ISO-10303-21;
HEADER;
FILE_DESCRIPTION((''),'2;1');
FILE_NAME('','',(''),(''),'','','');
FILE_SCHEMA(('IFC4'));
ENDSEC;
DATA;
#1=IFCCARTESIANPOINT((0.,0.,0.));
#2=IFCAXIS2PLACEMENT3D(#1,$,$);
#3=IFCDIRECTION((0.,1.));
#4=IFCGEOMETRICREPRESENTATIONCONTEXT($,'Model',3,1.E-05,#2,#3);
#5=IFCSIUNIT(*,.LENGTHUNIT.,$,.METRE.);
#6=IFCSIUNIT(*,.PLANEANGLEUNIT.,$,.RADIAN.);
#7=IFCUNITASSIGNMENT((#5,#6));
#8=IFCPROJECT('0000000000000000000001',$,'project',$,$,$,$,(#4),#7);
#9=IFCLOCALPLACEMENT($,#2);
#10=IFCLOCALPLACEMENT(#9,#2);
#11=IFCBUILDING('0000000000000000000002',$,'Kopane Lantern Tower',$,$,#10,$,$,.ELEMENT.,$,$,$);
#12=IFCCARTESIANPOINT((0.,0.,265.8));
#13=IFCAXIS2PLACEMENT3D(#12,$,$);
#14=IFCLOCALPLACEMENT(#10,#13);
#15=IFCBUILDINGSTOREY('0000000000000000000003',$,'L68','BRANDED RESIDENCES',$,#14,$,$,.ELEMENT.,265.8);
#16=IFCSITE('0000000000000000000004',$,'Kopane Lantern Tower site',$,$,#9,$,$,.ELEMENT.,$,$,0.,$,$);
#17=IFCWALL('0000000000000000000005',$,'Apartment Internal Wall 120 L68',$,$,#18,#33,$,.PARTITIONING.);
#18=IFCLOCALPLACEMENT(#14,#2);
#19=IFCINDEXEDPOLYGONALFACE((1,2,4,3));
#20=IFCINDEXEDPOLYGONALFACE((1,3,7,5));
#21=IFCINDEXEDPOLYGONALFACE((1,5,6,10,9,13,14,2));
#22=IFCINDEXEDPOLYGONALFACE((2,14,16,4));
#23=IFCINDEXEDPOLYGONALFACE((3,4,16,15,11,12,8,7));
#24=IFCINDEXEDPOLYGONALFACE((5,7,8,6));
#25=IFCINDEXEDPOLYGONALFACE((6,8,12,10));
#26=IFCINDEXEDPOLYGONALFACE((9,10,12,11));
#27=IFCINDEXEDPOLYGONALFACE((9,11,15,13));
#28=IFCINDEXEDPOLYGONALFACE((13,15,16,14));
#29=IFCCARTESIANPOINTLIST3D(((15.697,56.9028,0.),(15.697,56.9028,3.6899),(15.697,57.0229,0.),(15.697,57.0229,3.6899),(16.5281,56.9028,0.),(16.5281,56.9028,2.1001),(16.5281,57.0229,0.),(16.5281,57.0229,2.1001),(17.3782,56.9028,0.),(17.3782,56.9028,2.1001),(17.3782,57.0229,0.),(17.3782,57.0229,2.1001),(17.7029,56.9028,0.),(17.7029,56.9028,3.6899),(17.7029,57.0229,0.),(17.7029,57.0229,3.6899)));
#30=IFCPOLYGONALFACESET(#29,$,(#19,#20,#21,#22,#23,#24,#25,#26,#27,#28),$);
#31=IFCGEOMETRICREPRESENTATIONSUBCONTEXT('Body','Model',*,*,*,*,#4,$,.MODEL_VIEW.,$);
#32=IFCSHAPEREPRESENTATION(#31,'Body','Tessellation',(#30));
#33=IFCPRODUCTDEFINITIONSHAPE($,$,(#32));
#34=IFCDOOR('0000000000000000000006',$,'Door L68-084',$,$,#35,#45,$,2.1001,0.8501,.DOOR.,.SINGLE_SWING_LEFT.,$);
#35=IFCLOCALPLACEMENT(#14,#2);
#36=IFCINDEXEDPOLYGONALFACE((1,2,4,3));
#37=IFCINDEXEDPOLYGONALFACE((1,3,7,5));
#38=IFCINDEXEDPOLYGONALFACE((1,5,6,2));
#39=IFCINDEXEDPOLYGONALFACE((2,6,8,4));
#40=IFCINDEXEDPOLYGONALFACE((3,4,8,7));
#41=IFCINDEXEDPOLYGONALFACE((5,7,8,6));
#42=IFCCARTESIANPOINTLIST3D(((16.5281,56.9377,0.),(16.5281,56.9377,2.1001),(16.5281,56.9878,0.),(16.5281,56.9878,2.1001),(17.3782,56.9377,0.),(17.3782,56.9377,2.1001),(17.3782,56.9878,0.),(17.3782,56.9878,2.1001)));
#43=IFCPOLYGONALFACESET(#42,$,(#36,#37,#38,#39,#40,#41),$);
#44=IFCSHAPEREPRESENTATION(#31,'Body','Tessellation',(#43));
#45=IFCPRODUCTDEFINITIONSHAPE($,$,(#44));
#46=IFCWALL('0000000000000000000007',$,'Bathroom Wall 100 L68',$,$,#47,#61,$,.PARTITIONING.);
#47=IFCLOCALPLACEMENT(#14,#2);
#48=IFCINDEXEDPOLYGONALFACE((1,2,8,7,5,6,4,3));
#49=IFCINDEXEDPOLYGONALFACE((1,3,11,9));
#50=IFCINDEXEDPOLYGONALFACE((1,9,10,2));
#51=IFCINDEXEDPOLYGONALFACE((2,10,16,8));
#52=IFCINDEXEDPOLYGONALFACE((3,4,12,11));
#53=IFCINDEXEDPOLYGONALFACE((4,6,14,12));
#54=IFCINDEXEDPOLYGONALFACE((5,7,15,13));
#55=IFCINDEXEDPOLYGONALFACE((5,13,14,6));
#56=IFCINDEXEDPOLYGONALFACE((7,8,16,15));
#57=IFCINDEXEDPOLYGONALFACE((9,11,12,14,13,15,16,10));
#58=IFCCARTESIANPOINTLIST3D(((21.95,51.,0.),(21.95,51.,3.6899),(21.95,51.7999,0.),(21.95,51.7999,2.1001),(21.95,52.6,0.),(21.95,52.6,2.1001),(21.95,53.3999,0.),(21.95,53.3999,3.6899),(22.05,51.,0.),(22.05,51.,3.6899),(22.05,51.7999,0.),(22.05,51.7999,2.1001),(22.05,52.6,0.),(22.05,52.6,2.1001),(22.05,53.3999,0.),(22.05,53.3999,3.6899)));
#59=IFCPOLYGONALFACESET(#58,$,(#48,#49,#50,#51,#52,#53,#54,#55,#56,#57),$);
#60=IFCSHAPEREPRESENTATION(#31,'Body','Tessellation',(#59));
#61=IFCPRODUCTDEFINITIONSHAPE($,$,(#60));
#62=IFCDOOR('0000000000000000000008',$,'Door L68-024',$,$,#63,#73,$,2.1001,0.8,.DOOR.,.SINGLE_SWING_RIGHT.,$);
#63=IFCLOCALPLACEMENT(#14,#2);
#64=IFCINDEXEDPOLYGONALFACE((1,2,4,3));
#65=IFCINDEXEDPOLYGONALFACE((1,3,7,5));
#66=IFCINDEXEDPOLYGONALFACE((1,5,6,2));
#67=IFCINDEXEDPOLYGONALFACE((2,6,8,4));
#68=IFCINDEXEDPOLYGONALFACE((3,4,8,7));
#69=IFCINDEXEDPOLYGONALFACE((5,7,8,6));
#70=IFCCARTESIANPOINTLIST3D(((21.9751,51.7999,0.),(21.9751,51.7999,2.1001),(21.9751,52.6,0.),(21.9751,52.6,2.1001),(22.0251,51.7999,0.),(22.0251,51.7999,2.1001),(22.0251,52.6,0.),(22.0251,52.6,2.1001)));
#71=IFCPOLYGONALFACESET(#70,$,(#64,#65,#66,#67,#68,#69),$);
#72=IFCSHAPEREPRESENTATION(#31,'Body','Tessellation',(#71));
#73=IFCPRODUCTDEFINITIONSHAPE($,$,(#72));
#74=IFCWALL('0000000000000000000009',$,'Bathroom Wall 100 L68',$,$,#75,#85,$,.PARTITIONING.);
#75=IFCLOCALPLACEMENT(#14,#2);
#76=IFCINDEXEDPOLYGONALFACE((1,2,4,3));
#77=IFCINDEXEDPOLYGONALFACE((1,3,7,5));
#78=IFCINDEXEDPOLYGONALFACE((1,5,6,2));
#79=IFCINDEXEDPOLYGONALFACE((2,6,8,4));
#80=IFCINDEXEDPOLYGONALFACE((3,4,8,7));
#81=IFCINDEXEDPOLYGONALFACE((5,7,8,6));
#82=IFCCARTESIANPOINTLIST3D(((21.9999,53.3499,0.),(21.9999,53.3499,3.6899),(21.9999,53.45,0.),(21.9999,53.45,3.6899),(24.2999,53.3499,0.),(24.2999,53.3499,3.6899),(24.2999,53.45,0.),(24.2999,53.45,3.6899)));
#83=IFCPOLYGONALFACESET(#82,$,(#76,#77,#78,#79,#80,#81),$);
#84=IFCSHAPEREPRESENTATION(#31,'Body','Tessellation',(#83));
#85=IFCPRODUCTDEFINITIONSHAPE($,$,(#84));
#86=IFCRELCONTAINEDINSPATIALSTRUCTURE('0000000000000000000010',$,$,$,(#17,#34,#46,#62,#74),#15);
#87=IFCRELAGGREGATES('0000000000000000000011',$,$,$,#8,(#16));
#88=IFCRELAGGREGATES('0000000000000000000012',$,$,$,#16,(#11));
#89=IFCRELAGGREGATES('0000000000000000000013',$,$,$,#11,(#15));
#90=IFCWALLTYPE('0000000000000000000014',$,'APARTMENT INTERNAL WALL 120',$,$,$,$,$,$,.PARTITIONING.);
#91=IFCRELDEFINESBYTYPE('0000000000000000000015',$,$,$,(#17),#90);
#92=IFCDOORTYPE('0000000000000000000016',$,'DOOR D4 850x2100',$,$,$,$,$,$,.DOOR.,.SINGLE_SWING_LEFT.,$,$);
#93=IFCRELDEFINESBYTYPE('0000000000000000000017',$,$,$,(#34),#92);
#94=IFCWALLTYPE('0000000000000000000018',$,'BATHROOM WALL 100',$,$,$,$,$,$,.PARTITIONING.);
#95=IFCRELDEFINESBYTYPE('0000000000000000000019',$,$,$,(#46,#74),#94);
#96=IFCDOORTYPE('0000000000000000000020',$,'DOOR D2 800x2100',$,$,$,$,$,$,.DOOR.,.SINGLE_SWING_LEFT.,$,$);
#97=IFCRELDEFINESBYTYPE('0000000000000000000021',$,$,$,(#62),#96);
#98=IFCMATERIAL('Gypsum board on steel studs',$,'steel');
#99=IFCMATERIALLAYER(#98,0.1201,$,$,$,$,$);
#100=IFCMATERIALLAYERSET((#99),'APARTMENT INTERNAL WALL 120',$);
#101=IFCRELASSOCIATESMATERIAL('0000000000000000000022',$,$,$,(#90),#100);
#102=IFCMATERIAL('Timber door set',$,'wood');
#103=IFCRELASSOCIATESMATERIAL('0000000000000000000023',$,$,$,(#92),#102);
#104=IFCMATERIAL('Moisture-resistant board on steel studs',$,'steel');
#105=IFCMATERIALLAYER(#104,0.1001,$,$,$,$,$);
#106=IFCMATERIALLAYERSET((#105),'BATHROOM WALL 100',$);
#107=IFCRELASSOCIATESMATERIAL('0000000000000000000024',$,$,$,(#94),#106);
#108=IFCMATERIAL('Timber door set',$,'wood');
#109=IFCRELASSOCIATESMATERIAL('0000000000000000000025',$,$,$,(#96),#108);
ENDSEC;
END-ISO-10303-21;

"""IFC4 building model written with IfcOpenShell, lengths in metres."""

from ifc_helpers import new_model, si_unit, direction, frame, frame_2d, origin, place, context, subcontext, project, spatial, rectangle, extrude, material, layer, layer_set, type_object, element, fill, save


model = new_model("IFC4")

# Units and contexts
model_context = context("Model", 3, precision=1e-05, world=origin(), true_north=direction((0.0, 1.0)))
body_context = subcontext(model_context, "Body", "Model", "MODEL_VIEW")
ifc_project = project(units=[si_unit("LENGTHUNIT", "METRE"), si_unit("PLANEANGLEUNIT", "RADIAN")], contexts=[model_context])

# Site, building, storey
site_placement = place(None, origin())
site = spatial("IfcSite", under=ifc_project, at=site_placement, Name="Kopane Lantern Tower site", CompositionType="ELEMENT", RefElevation=0.0)
building_placement = place(site_placement, origin())
building = spatial("IfcBuilding", under=site, at=building_placement, Name="Kopane Lantern Tower", CompositionType="ELEMENT")
storey_placement = place(building_placement, frame((0.0, 0.0, 265.8)))
storey = spatial("IfcBuildingStorey", under=building, at=storey_placement, Name="L68", Description="BRANDED RESIDENCES", CompositionType="ELEMENT", Elevation=265.8)

# Shared definitions
ifc_material_1 = material(Name="Gypsum board on steel studs", Category="steel")
ifc_layer_1 = layer(ifc_material_1, 0.1201)
ifc_layer_set_1 = layer_set([ifc_layer_1], Name="APARTMENT INTERNAL WALL 120")
wall_type_1 = type_object("IfcWallType", Name="APARTMENT INTERNAL WALL 120", PredefinedType="PARTITIONING", material=ifc_layer_set_1)

# Shared definitions
ifc_material_2 = material(Name="Timber door set", Category="wood")
door_type_1 = type_object("IfcDoorType", Name="DOOR D4 850x2100", OperationType="SINGLE_SWING_LEFT", PredefinedType="DOOR", material=ifc_material_2)

# Walls, openings, doors
wall_1_placement = place(storey_placement, frame((15.697, 56.9629, 0.0), z_axis=(0.0, 0.0, 1.0), x_axis=(1.0, 0.0, 0.0)))
wall_1 = element("IfcWall", 1, at=wall_1_placement, inside=storey, type_object=wall_type_1, Name="Apartment Internal Wall 120 L68", PredefinedType="PARTITIONING", context=body_context, shape_type="SweptSolid", body=[
    extrude(rectangle(XDim=2.0059, YDim=0.1201, at=frame_2d((1.0029, 0.0))), origin(), (0.0, 0.0, 1.0), 3.6899),
])
opening_1_placement = place(wall_1_placement, frame((0.8311, 0.0, 0.0)))
opening_1 = element("IfcOpeningElement", 2, at=opening_1_placement, cuts=wall_1, PredefinedType="OPENING", context=body_context, shape_type="SweptSolid", body=[
    extrude(rectangle(XDim=0.8501, YDim=2.1001, at=frame_2d((0.425, 1.05))), frame((0.0, 0.0701, 0.0), z_axis=(0.0, -1.0, 0.0), x_axis=(1.0, 0.0, 0.0)), (0.0, 0.0, 1.0), 0.1401),
])
door_1_placement = place(opening_1_placement, origin())
door_1 = element("IfcDoor", 3, at=door_1_placement, inside=storey, type_object=door_type_1, Name="Door L68-084", OperationType="SINGLE_SWING_LEFT", OverallHeight=2.1001, OverallWidth=0.8501, PredefinedType="DOOR", context=body_context, shape_type="SweptSolid", body=[
    extrude(rectangle(XDim=0.8501, YDim=2.1001, at=frame_2d((0.425, 1.05))), frame((0.0, 0.0249, 0.0), z_axis=(0.0, -1.0, 0.0), x_axis=(1.0, 0.0, 0.0)), (0.0, 0.0, 1.0), 0.05),
])
fill(opening_1, door_1)
ifc_material_3 = material(Name="Moisture-resistant board on steel studs", Category="steel")
ifc_layer_2 = layer(ifc_material_3, 0.1001)
ifc_layer_set_2 = layer_set([ifc_layer_2], Name="BATHROOM WALL 100")
wall_type_2 = type_object("IfcWallType", Name="BATHROOM WALL 100", PredefinedType="PARTITIONING", material=ifc_layer_set_2)
wall_2_placement = place(storey_placement, frame((22.0, 51.0, 0.0), z_axis=(0.0, 0.0, 1.0), x_axis=(0.0, 1.0, 0.0)))
wall_2 = element("IfcWall", 4, at=wall_2_placement, inside=storey, type_object=wall_type_2, Name="Bathroom Wall 100 L68", PredefinedType="PARTITIONING", context=body_context, shape_type="SweptSolid", body=[
    extrude(rectangle(XDim=2.3999, YDim=0.1001, at=frame_2d((1.2, 0.0))), origin(), (0.0, 0.0, 1.0), 3.6899),
])
opening_2_placement = place(wall_2_placement, frame((0.8, 0.0, 0.0)))
opening_2 = element("IfcOpeningElement", 5, at=opening_2_placement, cuts=wall_2, PredefinedType="OPENING", context=body_context, shape_type="SweptSolid", body=[
    extrude(rectangle(XDim=0.8, YDim=2.1001, at=frame_2d((0.3999, 1.05))), frame((0.0, 0.0601, 0.0), z_axis=(0.0, -1.0, 0.0), x_axis=(1.0, 0.0, 0.0)), (0.0, 0.0, 1.0), 0.1201),
])
ifc_material_4 = material(Name="Timber door set", Category="wood")
door_type_2 = type_object("IfcDoorType", Name="DOOR D2 800x2100", OperationType="SINGLE_SWING_LEFT", PredefinedType="DOOR", material=ifc_material_4)
door_2_placement = place(opening_2_placement, origin())
door_2 = element("IfcDoor", 6, at=door_2_placement, inside=storey, type_object=door_type_2, Name="Door L68-024", OperationType="SINGLE_SWING_RIGHT", OverallHeight=2.1001, OverallWidth=0.8, PredefinedType="DOOR", context=body_context, shape_type="SweptSolid", body=[
    extrude(rectangle(XDim=0.8, YDim=2.1001, at=frame_2d((0.3999, 1.05))), frame((0.0, 0.0249, 0.0), z_axis=(0.0, -1.0, 0.0), x_axis=(1.0, 0.0, 0.0)), (0.0, 0.0, 1.0), 0.05),
])
fill(opening_2, door_2)

# Wall
wall_3_placement = place(storey_placement, frame((22.0, 53.3999, 0.0), z_axis=(0.0, 0.0, 1.0), x_axis=(1.0, 0.0, 0.0)))
element("IfcWall", 7, at=wall_3_placement, inside=storey, type_object=wall_type_2, Name="Bathroom Wall 100 L68", PredefinedType="PARTITIONING", context=body_context, shape_type="SweptSolid", body=[
    extrude(rectangle(XDim=2.3, YDim=0.1001, at=frame_2d((1.1499, 0.0))), origin(), (0.0, 0.0, 1.0), 3.6899),
])

save(model, "model.ifc")
